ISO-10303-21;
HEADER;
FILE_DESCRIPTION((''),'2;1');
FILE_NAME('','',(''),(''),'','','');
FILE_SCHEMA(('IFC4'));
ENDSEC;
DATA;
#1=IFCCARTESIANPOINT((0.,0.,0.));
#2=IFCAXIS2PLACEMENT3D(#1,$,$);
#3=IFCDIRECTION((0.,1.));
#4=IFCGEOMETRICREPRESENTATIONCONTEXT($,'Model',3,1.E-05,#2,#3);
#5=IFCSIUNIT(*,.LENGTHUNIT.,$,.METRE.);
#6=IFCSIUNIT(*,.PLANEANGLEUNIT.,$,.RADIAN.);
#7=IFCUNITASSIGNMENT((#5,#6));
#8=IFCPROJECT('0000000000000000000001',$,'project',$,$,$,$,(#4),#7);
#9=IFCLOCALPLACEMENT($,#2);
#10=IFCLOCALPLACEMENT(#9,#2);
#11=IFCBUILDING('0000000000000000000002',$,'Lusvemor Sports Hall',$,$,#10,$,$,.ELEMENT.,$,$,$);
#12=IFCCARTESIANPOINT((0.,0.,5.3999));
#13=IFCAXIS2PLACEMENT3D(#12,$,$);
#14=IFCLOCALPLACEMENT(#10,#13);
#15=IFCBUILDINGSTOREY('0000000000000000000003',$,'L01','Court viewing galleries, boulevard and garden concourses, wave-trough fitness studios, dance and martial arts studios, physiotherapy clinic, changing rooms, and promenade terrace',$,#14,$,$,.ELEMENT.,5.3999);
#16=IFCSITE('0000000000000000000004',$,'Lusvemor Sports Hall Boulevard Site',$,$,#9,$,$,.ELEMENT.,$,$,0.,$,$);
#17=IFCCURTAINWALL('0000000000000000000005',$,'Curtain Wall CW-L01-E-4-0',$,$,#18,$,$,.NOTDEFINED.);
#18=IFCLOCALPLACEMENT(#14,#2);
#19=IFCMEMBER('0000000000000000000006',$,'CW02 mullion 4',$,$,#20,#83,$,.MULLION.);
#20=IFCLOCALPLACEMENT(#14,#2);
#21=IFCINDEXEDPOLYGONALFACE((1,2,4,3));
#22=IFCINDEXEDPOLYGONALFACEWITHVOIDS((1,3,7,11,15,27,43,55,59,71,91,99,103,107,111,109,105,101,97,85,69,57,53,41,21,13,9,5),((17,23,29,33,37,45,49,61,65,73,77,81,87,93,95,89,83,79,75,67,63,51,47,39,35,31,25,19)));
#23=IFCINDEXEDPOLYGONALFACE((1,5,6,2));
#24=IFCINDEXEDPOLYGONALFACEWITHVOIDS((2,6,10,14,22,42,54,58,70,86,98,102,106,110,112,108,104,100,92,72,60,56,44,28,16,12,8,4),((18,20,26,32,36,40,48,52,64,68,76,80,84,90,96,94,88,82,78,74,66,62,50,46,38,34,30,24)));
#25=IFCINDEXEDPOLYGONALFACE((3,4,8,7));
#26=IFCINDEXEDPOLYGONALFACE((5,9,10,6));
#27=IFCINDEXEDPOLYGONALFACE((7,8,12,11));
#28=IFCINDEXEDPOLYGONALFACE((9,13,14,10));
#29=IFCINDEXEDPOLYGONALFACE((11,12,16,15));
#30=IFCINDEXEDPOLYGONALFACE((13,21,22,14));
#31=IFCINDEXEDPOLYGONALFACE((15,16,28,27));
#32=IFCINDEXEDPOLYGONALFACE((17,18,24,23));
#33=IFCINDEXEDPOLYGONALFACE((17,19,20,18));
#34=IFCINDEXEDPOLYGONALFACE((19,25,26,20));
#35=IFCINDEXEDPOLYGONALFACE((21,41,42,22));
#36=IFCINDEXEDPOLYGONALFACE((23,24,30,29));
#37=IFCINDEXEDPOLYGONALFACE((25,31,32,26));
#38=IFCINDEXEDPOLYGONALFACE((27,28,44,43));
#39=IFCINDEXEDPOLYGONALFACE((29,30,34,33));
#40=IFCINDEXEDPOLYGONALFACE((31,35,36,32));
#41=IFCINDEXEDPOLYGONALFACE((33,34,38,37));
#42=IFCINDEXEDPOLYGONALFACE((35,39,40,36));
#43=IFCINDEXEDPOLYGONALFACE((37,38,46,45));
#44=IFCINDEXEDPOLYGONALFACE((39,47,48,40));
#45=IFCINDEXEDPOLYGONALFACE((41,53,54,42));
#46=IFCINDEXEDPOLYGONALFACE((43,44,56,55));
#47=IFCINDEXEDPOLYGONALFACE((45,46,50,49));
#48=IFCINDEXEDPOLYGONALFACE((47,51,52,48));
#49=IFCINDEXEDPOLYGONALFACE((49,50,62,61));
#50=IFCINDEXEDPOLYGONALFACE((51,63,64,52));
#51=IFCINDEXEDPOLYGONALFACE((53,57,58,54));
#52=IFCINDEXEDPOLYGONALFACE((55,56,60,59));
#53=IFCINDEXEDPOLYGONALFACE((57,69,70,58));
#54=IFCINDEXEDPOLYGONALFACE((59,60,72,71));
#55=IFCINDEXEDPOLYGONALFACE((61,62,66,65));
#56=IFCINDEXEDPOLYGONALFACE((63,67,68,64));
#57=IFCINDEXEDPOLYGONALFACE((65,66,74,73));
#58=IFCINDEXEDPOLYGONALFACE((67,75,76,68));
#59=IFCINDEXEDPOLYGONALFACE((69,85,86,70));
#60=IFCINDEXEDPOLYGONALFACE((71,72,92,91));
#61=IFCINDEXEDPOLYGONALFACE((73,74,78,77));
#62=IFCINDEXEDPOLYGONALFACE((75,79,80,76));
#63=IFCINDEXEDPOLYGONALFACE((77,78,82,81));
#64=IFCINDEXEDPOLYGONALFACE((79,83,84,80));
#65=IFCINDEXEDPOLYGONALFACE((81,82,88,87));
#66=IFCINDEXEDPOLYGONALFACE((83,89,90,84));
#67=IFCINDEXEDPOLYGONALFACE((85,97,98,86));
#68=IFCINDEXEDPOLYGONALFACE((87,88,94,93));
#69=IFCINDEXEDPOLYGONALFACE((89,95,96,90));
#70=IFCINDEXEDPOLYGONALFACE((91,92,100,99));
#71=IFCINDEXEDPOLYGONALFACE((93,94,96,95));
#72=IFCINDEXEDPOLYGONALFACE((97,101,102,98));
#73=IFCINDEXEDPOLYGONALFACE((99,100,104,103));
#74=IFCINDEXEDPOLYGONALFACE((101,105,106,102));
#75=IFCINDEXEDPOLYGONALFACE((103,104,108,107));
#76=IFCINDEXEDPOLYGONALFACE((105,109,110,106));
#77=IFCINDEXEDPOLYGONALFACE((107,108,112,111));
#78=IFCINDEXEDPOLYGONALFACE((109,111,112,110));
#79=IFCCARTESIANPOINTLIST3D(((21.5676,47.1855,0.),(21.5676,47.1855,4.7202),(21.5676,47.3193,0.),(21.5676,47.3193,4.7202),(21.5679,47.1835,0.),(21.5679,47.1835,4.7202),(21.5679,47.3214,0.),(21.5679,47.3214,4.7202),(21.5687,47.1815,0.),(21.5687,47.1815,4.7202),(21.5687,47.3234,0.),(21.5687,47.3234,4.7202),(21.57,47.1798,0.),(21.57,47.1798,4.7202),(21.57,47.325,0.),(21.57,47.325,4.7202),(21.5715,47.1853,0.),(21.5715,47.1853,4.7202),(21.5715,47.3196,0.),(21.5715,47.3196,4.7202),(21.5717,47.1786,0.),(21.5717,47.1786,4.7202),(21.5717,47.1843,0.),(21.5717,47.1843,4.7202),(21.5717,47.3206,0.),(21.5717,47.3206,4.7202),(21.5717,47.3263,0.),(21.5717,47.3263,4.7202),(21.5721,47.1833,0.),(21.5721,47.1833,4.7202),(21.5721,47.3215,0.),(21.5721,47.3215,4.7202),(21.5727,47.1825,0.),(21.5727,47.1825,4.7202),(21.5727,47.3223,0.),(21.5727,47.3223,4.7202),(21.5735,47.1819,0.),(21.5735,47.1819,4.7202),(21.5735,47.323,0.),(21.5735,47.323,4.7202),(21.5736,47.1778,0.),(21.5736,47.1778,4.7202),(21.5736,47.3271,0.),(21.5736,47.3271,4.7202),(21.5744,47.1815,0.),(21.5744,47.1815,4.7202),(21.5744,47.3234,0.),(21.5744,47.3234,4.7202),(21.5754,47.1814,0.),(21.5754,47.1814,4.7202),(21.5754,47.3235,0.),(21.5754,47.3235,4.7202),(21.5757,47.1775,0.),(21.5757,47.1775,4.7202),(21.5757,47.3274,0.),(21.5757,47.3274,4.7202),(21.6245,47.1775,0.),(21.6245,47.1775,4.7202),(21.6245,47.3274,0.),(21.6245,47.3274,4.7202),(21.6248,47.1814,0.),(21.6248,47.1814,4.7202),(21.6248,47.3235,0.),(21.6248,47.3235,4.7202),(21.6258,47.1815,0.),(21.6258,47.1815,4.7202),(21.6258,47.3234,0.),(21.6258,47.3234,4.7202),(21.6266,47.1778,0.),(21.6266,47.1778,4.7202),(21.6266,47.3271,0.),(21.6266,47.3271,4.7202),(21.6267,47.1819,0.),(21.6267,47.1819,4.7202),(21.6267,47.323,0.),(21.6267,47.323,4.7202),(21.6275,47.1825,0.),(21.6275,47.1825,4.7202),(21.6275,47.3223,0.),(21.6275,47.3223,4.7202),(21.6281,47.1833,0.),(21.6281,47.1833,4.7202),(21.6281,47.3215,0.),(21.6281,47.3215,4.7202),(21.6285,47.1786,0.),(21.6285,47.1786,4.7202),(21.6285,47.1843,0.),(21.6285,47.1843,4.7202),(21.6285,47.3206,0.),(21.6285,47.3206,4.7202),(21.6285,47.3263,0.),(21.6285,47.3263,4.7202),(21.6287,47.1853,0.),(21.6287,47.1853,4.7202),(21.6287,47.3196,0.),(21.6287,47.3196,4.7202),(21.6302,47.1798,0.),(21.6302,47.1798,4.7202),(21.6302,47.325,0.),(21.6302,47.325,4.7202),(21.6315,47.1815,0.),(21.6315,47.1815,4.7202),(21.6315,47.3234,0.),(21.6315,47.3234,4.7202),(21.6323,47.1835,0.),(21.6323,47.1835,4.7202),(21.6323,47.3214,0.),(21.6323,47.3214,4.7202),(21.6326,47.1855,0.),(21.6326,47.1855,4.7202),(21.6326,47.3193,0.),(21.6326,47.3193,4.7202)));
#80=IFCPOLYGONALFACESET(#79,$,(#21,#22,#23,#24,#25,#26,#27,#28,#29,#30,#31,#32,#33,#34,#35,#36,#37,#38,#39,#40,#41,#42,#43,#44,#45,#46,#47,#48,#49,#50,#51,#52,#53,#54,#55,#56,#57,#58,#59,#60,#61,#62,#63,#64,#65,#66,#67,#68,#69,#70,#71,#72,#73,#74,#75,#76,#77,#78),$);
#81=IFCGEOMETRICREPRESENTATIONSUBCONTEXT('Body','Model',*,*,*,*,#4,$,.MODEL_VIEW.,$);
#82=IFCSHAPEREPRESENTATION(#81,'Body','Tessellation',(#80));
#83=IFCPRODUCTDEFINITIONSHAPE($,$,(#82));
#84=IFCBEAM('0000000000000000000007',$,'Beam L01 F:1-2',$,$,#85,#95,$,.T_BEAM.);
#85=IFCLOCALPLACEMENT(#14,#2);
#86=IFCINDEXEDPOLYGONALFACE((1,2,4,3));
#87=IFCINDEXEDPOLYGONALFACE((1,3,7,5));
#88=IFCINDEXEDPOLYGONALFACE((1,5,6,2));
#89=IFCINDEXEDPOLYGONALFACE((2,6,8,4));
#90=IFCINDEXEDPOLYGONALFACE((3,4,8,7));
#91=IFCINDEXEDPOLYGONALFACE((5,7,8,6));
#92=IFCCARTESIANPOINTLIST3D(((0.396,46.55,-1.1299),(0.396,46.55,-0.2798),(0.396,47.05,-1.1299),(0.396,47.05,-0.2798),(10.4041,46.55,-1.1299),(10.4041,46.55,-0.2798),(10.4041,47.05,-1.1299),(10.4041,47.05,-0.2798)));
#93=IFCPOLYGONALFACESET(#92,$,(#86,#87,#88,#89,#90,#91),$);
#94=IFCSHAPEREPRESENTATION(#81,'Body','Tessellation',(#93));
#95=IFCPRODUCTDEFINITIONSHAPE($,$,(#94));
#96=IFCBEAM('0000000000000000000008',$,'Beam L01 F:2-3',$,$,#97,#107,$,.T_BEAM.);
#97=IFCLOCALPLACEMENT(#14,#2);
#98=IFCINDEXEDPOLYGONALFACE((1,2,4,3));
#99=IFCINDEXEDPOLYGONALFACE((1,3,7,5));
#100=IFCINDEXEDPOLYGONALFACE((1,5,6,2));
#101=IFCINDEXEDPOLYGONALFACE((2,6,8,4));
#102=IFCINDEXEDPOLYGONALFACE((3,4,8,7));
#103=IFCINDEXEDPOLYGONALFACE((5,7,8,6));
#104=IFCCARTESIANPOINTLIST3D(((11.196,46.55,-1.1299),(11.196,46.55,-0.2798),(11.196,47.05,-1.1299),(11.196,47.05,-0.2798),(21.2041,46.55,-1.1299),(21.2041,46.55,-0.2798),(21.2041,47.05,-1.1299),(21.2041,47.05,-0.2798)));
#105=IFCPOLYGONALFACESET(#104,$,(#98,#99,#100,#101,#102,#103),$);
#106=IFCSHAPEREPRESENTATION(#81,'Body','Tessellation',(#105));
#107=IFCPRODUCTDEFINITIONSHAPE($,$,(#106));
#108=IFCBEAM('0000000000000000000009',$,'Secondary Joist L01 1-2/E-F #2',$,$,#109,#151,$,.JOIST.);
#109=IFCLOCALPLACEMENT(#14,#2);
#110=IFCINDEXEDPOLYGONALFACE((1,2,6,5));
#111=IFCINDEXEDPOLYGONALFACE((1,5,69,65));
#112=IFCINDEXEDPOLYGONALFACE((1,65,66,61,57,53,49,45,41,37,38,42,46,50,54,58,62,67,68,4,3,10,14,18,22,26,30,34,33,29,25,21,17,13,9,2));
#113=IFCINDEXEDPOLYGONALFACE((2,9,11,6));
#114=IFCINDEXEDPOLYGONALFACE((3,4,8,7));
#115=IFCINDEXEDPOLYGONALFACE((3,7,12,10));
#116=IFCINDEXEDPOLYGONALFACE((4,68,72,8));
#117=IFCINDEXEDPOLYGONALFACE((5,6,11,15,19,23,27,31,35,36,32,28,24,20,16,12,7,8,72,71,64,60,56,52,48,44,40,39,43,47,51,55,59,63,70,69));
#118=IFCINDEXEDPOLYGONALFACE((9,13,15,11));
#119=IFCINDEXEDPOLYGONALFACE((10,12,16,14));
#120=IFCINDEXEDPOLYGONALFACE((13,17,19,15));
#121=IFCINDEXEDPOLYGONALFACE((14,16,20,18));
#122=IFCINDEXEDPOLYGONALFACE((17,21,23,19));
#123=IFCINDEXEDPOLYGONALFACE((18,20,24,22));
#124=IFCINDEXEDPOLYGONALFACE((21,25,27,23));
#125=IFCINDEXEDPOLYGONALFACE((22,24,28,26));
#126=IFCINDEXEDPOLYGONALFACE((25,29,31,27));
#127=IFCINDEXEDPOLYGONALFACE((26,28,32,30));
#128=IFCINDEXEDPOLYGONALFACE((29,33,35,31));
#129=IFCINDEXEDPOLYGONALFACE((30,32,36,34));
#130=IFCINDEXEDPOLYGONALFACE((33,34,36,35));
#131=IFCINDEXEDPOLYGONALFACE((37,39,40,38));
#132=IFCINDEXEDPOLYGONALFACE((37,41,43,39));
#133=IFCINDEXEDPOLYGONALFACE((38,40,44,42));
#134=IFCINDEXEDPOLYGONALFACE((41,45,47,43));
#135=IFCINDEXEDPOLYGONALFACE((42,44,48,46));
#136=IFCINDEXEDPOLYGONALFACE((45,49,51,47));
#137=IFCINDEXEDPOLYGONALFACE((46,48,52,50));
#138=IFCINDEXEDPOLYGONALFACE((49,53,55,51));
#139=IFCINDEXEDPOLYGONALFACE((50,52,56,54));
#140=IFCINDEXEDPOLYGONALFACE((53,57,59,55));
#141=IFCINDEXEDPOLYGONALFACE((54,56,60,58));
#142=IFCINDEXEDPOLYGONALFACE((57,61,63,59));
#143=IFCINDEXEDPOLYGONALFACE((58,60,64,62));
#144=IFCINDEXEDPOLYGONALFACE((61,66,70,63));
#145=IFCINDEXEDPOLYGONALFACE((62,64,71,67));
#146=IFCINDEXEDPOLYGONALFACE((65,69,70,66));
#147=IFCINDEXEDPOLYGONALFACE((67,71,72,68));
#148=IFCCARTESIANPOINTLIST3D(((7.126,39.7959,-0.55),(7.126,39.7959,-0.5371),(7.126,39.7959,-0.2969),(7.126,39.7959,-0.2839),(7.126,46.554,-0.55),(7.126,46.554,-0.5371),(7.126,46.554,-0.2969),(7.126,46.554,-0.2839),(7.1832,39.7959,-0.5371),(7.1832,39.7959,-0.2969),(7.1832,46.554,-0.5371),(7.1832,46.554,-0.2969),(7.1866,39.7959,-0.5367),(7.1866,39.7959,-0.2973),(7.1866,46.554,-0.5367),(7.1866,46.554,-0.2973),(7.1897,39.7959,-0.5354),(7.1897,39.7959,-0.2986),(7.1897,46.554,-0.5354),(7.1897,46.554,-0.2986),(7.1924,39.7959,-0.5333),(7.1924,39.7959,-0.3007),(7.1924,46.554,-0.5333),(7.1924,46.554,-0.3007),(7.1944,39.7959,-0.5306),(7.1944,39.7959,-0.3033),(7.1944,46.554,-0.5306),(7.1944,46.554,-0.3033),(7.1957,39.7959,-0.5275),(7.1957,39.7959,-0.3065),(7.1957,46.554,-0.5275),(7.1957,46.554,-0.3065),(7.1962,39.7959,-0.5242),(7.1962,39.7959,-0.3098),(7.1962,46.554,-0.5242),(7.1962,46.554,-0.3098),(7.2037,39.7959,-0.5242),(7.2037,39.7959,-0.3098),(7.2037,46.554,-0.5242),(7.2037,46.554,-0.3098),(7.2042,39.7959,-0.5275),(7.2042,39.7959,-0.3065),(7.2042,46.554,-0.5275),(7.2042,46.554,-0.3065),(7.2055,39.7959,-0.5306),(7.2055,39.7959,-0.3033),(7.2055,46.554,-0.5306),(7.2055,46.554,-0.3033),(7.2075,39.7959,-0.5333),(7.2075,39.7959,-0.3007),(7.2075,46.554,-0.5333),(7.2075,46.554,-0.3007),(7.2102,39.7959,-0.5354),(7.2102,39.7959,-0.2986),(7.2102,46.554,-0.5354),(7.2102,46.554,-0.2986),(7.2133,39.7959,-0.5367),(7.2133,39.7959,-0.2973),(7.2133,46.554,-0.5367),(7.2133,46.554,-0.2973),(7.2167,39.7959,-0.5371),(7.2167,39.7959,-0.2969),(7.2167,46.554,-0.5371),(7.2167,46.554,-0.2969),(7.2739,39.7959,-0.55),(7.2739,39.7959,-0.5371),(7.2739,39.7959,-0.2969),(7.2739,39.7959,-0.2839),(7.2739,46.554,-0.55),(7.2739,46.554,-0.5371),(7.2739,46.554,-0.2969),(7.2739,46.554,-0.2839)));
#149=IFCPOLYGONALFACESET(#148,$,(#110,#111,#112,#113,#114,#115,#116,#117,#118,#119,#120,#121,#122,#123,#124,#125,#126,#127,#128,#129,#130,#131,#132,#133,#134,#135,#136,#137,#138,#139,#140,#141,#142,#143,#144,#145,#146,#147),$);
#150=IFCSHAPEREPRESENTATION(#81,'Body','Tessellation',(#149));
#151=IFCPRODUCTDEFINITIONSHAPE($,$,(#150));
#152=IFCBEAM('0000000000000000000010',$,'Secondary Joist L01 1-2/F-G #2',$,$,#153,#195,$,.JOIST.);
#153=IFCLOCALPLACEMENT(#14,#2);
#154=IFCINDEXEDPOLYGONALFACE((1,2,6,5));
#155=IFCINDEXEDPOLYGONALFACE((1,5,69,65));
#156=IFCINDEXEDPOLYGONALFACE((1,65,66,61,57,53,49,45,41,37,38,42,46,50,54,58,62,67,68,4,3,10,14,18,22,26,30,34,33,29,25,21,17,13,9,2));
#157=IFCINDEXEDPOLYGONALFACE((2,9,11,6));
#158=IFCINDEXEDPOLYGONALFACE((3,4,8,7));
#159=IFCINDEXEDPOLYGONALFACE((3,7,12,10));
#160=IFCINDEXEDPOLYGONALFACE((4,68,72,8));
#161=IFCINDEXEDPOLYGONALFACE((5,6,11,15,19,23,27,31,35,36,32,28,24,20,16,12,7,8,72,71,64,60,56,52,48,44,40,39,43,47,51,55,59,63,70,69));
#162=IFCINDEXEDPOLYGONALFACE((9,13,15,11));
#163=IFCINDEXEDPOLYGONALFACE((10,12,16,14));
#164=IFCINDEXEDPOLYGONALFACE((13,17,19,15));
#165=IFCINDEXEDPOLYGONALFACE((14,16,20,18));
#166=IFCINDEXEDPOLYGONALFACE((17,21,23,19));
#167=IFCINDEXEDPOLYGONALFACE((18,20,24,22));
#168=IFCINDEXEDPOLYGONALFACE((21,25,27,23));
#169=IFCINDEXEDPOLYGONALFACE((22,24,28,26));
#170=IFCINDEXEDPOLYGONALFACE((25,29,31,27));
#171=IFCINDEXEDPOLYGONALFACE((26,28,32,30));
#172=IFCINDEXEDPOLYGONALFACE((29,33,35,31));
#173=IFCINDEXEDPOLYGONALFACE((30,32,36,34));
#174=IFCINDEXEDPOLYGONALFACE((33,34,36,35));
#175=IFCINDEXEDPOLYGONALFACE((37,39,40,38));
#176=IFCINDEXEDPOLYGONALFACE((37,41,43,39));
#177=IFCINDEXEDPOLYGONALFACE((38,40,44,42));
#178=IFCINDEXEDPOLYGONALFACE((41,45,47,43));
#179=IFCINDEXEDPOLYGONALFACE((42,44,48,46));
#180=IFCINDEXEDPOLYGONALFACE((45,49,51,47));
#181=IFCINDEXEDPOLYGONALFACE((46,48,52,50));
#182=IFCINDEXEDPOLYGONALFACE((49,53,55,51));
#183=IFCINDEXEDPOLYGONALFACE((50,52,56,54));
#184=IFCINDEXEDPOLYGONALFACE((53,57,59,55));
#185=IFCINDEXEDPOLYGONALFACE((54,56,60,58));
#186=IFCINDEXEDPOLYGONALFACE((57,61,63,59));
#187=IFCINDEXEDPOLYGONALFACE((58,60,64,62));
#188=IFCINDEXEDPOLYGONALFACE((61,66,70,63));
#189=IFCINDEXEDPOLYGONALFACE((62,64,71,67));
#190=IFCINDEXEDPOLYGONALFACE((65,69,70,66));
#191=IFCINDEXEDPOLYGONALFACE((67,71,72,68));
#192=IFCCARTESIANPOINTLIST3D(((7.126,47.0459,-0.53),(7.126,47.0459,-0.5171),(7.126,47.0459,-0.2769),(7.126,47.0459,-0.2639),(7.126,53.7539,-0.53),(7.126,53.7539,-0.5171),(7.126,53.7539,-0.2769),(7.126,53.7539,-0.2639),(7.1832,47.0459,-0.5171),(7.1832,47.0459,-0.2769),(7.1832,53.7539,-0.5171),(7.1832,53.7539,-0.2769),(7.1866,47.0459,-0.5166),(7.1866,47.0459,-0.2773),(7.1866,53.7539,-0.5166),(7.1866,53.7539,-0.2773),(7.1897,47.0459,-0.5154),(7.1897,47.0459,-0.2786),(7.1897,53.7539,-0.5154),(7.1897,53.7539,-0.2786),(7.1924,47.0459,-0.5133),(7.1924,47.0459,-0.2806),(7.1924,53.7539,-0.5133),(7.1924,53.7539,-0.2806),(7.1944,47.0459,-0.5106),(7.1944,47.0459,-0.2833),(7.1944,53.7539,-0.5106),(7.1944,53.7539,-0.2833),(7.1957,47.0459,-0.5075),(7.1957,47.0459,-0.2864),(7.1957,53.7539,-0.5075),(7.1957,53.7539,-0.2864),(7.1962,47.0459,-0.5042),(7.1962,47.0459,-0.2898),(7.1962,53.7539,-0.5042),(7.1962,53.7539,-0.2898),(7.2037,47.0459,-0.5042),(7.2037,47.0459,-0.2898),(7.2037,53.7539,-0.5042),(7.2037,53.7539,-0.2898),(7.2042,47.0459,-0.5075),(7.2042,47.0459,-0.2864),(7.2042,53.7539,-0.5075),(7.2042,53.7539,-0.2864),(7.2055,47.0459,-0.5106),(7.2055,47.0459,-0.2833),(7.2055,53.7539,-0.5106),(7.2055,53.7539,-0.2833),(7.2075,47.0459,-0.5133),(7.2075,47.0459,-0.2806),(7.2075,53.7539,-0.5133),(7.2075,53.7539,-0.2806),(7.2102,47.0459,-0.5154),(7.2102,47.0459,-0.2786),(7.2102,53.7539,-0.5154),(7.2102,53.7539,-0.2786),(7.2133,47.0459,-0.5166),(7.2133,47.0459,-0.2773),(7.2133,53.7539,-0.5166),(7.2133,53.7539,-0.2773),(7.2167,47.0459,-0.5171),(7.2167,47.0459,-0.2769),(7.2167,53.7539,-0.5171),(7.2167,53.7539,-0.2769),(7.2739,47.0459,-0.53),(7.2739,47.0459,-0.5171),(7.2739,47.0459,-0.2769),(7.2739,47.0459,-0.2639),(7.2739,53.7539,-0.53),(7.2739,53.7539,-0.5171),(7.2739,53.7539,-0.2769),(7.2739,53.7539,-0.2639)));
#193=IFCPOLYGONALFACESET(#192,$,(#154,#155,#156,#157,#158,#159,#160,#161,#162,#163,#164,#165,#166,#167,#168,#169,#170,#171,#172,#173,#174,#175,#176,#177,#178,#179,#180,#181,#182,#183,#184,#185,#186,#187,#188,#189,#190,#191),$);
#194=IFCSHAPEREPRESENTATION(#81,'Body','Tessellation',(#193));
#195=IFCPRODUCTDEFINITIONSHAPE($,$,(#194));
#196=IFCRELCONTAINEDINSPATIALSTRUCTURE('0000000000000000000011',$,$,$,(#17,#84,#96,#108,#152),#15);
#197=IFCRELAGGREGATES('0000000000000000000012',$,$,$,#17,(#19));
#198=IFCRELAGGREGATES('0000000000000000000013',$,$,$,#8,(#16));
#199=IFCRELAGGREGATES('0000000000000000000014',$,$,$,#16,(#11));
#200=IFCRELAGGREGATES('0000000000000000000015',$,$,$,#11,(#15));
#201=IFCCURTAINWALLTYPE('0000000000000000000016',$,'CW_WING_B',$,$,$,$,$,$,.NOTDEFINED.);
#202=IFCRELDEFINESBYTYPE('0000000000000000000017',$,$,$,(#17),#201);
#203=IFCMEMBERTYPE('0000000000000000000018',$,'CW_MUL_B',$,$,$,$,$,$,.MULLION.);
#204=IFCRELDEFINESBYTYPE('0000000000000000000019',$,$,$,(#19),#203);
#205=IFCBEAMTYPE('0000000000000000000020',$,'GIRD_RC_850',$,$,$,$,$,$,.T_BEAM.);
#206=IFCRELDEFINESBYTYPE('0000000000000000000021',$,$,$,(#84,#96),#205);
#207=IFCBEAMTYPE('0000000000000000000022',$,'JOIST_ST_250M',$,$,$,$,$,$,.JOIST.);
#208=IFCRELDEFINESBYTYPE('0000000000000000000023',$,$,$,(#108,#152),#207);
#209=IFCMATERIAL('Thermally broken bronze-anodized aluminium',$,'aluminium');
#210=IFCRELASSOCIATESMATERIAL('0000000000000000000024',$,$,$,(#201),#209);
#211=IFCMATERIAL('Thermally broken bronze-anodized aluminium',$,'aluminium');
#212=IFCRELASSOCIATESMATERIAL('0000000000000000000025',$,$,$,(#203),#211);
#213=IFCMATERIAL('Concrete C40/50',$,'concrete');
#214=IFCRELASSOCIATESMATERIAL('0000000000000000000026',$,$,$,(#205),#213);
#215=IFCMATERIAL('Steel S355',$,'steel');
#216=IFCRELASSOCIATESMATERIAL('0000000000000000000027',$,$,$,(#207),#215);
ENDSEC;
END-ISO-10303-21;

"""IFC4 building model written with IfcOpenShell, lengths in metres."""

from ifc_helpers import new_model, si_unit, direction, frame, origin, origin_2d, place, context, subcontext, project, spatial, rectangle, hollow_rectangle, i_section, extrude, material, material_profile, profile_set, type_object, element, aggregate, save


model = new_model("IFC4")

# Units and contexts
model_context = context("Model", 3, precision=1e-05, world=origin(), true_north=direction((0.0, 1.0)))
body_context = subcontext(model_context, "Body", "Model", "MODEL_VIEW")
ifc_project = project(units=[si_unit("LENGTHUNIT", "METRE"), si_unit("PLANEANGLEUNIT", "RADIAN")], contexts=[model_context])

# Site, building, storey
site_placement = place(None, origin())
site = spatial("IfcSite", under=ifc_project, at=site_placement, Name="Lusvemor Sports Hall Boulevard Site", CompositionType="ELEMENT", RefElevation=0.0)
building_placement = place(site_placement, origin())
building = spatial("IfcBuilding", under=site, at=building_placement, Name="Lusvemor Sports Hall", CompositionType="ELEMENT")
storey_placement = place(building_placement, frame((0.0, 0.0, 5.3999)))
storey = spatial("IfcBuildingStorey", under=building, at=storey_placement, Name="L01", Description="Court viewing galleries, boulevard and garden concourses, wave-trough fitness studios, dance and martial arts studios, physiotherapy clinic, changing rooms, and promenade terrace", CompositionType="ELEMENT", Elevation=5.3999)

# Curtain wall, member
ifc_material_1 = material(Name="Thermally broken bronze-anodized aluminium", Category="aluminium")
curtain_wall_type = type_object("IfcCurtainWallType", Name="CW_WING_B", PredefinedType="NOTDEFINED", material=ifc_material_1)
curtain_wall_placement = place(storey_placement, origin())
curtain_wall = element("IfcCurtainWall", 1, at=curtain_wall_placement, inside=storey, type_object=curtain_wall_type, Name="Curtain Wall CW-L01-E-4-0", PredefinedType="NOTDEFINED")
ifc_material_2 = material(Name="Thermally broken bronze-anodized aluminium", Category="aluminium")
ifc_material_profile_1 = material_profile(ifc_material_2, hollow_rectangle(XDim=0.0649, YDim=0.1499, WallThickness=0.0039, InnerFilletRadius=0.0039, OuterFilletRadius=0.0081, at=origin_2d()), Name="CWMUL150x65x4")
ifc_profile_set_1 = profile_set([ifc_material_profile_1], Name="Thermally broken bronze-anodized aluminium")
member_type = type_object("IfcMemberType", Name="CW_MUL_B", PredefinedType="MULLION", material=ifc_profile_set_1)
member_placement = place(storey_placement, frame((21.6001, 47.2524, 0.0), z_axis=(0.0, 0.0, 1.0), x_axis=(1.0, 0.0, 0.0)))
member = element("IfcMember", 2, at=member_placement, type_object=member_type, Name="CW02 mullion 4", PredefinedType="MULLION", context=body_context, shape_type="SweptSolid", body=[
    extrude(hollow_rectangle(XDim=0.0649, YDim=0.1499, WallThickness=0.0039, InnerFilletRadius=0.0039, OuterFilletRadius=0.0081, at=origin_2d()), origin(), (0.0, 0.0, 1.0), 4.7202),
])

# Beams
ifc_material_3 = material(Name="Concrete C40/50", Category="concrete")
ifc_material_profile_2 = material_profile(ifc_material_3, rectangle(XDim=0.5, YDim=0.8501, at=origin_2d()), Name="RC500x850")
ifc_profile_set_2 = profile_set([ifc_material_profile_2], Name="Concrete C40/50")
beam_type_1 = type_object("IfcBeamType", Name="GIRD_RC_850", PredefinedType="T_BEAM", material=ifc_profile_set_2)
for number, where, z_axis, x_axis, name in (
    (3, (0.396, 46.8, -0.7048), (1.0, 0.0, 0.0), (0.0, 1.0, 0.0), "Beam L01 F:1-2"),
    (4, (11.196, 46.8, -0.7048), (1.0, 0.0, 0.0), (0.0, 1.0, 0.0), "Beam L01 F:2-3"),
):
    element("IfcBeam", number, at=place(storey_placement, frame(where, z_axis=z_axis, x_axis=x_axis)), inside=storey, type_object=beam_type_1, Name=name, PredefinedType="T_BEAM", context=body_context, shape_type="SweptSolid", body=[
        extrude(rectangle(XDim=0.5, YDim=0.8501, at=origin_2d()), origin(), (0.0, 0.0, 1.0), 10.0081),
    ])
ifc_material_4 = material(Name="Steel S355", Category="steel")
ifc_material_profile_3 = material_profile(ifc_material_4, i_section(OverallWidth=0.1479, OverallDepth=0.2661, WebThickness=0.0076, FlangeThickness=0.0129, FilletRadius=0.0129, at=origin_2d()), Name="W250x44.8")
ifc_profile_set_3 = profile_set([ifc_material_profile_3], Name="Steel S355")
beam_type_2 = type_object("IfcBeamType", Name="JOIST_ST_250M", PredefinedType="JOIST", material=ifc_profile_set_3)
beam_1_placement = place(storey_placement, frame((7.2, 39.7959, -0.417), z_axis=(0.0, 1.0, 0.0), x_axis=(-1.0, 0.0, 0.0)))
element("IfcBeam", 5, at=beam_1_placement, inside=storey, type_object=beam_type_2, Name="Secondary Joist L01 1-2/E-F #2", PredefinedType="JOIST", context=body_context, shape_type="SweptSolid", body=[
    extrude(i_section(OverallWidth=0.1479, OverallDepth=0.2661, WebThickness=0.0076, FlangeThickness=0.0129, FilletRadius=0.0129, at=origin_2d()), origin(), (0.0, 0.0, 1.0), 6.7581),
])
beam_2_placement = place(storey_placement, frame((7.2, 47.0459, -0.397), z_axis=(0.0, 1.0, 0.0), x_axis=(-1.0, 0.0, 0.0)))
element("IfcBeam", 6, at=beam_2_placement, inside=storey, type_object=beam_type_2, Name="Secondary Joist L01 1-2/F-G #2", PredefinedType="JOIST", context=body_context, shape_type="SweptSolid", body=[
    extrude(i_section(OverallWidth=0.1479, OverallDepth=0.2661, WebThickness=0.0076, FlangeThickness=0.0129, FilletRadius=0.0129, at=origin_2d()), origin(), (0.0, 0.0, 1.0), 6.708),
])

aggregate(curtain_wall, [member])

save(model, "model.ifc")
